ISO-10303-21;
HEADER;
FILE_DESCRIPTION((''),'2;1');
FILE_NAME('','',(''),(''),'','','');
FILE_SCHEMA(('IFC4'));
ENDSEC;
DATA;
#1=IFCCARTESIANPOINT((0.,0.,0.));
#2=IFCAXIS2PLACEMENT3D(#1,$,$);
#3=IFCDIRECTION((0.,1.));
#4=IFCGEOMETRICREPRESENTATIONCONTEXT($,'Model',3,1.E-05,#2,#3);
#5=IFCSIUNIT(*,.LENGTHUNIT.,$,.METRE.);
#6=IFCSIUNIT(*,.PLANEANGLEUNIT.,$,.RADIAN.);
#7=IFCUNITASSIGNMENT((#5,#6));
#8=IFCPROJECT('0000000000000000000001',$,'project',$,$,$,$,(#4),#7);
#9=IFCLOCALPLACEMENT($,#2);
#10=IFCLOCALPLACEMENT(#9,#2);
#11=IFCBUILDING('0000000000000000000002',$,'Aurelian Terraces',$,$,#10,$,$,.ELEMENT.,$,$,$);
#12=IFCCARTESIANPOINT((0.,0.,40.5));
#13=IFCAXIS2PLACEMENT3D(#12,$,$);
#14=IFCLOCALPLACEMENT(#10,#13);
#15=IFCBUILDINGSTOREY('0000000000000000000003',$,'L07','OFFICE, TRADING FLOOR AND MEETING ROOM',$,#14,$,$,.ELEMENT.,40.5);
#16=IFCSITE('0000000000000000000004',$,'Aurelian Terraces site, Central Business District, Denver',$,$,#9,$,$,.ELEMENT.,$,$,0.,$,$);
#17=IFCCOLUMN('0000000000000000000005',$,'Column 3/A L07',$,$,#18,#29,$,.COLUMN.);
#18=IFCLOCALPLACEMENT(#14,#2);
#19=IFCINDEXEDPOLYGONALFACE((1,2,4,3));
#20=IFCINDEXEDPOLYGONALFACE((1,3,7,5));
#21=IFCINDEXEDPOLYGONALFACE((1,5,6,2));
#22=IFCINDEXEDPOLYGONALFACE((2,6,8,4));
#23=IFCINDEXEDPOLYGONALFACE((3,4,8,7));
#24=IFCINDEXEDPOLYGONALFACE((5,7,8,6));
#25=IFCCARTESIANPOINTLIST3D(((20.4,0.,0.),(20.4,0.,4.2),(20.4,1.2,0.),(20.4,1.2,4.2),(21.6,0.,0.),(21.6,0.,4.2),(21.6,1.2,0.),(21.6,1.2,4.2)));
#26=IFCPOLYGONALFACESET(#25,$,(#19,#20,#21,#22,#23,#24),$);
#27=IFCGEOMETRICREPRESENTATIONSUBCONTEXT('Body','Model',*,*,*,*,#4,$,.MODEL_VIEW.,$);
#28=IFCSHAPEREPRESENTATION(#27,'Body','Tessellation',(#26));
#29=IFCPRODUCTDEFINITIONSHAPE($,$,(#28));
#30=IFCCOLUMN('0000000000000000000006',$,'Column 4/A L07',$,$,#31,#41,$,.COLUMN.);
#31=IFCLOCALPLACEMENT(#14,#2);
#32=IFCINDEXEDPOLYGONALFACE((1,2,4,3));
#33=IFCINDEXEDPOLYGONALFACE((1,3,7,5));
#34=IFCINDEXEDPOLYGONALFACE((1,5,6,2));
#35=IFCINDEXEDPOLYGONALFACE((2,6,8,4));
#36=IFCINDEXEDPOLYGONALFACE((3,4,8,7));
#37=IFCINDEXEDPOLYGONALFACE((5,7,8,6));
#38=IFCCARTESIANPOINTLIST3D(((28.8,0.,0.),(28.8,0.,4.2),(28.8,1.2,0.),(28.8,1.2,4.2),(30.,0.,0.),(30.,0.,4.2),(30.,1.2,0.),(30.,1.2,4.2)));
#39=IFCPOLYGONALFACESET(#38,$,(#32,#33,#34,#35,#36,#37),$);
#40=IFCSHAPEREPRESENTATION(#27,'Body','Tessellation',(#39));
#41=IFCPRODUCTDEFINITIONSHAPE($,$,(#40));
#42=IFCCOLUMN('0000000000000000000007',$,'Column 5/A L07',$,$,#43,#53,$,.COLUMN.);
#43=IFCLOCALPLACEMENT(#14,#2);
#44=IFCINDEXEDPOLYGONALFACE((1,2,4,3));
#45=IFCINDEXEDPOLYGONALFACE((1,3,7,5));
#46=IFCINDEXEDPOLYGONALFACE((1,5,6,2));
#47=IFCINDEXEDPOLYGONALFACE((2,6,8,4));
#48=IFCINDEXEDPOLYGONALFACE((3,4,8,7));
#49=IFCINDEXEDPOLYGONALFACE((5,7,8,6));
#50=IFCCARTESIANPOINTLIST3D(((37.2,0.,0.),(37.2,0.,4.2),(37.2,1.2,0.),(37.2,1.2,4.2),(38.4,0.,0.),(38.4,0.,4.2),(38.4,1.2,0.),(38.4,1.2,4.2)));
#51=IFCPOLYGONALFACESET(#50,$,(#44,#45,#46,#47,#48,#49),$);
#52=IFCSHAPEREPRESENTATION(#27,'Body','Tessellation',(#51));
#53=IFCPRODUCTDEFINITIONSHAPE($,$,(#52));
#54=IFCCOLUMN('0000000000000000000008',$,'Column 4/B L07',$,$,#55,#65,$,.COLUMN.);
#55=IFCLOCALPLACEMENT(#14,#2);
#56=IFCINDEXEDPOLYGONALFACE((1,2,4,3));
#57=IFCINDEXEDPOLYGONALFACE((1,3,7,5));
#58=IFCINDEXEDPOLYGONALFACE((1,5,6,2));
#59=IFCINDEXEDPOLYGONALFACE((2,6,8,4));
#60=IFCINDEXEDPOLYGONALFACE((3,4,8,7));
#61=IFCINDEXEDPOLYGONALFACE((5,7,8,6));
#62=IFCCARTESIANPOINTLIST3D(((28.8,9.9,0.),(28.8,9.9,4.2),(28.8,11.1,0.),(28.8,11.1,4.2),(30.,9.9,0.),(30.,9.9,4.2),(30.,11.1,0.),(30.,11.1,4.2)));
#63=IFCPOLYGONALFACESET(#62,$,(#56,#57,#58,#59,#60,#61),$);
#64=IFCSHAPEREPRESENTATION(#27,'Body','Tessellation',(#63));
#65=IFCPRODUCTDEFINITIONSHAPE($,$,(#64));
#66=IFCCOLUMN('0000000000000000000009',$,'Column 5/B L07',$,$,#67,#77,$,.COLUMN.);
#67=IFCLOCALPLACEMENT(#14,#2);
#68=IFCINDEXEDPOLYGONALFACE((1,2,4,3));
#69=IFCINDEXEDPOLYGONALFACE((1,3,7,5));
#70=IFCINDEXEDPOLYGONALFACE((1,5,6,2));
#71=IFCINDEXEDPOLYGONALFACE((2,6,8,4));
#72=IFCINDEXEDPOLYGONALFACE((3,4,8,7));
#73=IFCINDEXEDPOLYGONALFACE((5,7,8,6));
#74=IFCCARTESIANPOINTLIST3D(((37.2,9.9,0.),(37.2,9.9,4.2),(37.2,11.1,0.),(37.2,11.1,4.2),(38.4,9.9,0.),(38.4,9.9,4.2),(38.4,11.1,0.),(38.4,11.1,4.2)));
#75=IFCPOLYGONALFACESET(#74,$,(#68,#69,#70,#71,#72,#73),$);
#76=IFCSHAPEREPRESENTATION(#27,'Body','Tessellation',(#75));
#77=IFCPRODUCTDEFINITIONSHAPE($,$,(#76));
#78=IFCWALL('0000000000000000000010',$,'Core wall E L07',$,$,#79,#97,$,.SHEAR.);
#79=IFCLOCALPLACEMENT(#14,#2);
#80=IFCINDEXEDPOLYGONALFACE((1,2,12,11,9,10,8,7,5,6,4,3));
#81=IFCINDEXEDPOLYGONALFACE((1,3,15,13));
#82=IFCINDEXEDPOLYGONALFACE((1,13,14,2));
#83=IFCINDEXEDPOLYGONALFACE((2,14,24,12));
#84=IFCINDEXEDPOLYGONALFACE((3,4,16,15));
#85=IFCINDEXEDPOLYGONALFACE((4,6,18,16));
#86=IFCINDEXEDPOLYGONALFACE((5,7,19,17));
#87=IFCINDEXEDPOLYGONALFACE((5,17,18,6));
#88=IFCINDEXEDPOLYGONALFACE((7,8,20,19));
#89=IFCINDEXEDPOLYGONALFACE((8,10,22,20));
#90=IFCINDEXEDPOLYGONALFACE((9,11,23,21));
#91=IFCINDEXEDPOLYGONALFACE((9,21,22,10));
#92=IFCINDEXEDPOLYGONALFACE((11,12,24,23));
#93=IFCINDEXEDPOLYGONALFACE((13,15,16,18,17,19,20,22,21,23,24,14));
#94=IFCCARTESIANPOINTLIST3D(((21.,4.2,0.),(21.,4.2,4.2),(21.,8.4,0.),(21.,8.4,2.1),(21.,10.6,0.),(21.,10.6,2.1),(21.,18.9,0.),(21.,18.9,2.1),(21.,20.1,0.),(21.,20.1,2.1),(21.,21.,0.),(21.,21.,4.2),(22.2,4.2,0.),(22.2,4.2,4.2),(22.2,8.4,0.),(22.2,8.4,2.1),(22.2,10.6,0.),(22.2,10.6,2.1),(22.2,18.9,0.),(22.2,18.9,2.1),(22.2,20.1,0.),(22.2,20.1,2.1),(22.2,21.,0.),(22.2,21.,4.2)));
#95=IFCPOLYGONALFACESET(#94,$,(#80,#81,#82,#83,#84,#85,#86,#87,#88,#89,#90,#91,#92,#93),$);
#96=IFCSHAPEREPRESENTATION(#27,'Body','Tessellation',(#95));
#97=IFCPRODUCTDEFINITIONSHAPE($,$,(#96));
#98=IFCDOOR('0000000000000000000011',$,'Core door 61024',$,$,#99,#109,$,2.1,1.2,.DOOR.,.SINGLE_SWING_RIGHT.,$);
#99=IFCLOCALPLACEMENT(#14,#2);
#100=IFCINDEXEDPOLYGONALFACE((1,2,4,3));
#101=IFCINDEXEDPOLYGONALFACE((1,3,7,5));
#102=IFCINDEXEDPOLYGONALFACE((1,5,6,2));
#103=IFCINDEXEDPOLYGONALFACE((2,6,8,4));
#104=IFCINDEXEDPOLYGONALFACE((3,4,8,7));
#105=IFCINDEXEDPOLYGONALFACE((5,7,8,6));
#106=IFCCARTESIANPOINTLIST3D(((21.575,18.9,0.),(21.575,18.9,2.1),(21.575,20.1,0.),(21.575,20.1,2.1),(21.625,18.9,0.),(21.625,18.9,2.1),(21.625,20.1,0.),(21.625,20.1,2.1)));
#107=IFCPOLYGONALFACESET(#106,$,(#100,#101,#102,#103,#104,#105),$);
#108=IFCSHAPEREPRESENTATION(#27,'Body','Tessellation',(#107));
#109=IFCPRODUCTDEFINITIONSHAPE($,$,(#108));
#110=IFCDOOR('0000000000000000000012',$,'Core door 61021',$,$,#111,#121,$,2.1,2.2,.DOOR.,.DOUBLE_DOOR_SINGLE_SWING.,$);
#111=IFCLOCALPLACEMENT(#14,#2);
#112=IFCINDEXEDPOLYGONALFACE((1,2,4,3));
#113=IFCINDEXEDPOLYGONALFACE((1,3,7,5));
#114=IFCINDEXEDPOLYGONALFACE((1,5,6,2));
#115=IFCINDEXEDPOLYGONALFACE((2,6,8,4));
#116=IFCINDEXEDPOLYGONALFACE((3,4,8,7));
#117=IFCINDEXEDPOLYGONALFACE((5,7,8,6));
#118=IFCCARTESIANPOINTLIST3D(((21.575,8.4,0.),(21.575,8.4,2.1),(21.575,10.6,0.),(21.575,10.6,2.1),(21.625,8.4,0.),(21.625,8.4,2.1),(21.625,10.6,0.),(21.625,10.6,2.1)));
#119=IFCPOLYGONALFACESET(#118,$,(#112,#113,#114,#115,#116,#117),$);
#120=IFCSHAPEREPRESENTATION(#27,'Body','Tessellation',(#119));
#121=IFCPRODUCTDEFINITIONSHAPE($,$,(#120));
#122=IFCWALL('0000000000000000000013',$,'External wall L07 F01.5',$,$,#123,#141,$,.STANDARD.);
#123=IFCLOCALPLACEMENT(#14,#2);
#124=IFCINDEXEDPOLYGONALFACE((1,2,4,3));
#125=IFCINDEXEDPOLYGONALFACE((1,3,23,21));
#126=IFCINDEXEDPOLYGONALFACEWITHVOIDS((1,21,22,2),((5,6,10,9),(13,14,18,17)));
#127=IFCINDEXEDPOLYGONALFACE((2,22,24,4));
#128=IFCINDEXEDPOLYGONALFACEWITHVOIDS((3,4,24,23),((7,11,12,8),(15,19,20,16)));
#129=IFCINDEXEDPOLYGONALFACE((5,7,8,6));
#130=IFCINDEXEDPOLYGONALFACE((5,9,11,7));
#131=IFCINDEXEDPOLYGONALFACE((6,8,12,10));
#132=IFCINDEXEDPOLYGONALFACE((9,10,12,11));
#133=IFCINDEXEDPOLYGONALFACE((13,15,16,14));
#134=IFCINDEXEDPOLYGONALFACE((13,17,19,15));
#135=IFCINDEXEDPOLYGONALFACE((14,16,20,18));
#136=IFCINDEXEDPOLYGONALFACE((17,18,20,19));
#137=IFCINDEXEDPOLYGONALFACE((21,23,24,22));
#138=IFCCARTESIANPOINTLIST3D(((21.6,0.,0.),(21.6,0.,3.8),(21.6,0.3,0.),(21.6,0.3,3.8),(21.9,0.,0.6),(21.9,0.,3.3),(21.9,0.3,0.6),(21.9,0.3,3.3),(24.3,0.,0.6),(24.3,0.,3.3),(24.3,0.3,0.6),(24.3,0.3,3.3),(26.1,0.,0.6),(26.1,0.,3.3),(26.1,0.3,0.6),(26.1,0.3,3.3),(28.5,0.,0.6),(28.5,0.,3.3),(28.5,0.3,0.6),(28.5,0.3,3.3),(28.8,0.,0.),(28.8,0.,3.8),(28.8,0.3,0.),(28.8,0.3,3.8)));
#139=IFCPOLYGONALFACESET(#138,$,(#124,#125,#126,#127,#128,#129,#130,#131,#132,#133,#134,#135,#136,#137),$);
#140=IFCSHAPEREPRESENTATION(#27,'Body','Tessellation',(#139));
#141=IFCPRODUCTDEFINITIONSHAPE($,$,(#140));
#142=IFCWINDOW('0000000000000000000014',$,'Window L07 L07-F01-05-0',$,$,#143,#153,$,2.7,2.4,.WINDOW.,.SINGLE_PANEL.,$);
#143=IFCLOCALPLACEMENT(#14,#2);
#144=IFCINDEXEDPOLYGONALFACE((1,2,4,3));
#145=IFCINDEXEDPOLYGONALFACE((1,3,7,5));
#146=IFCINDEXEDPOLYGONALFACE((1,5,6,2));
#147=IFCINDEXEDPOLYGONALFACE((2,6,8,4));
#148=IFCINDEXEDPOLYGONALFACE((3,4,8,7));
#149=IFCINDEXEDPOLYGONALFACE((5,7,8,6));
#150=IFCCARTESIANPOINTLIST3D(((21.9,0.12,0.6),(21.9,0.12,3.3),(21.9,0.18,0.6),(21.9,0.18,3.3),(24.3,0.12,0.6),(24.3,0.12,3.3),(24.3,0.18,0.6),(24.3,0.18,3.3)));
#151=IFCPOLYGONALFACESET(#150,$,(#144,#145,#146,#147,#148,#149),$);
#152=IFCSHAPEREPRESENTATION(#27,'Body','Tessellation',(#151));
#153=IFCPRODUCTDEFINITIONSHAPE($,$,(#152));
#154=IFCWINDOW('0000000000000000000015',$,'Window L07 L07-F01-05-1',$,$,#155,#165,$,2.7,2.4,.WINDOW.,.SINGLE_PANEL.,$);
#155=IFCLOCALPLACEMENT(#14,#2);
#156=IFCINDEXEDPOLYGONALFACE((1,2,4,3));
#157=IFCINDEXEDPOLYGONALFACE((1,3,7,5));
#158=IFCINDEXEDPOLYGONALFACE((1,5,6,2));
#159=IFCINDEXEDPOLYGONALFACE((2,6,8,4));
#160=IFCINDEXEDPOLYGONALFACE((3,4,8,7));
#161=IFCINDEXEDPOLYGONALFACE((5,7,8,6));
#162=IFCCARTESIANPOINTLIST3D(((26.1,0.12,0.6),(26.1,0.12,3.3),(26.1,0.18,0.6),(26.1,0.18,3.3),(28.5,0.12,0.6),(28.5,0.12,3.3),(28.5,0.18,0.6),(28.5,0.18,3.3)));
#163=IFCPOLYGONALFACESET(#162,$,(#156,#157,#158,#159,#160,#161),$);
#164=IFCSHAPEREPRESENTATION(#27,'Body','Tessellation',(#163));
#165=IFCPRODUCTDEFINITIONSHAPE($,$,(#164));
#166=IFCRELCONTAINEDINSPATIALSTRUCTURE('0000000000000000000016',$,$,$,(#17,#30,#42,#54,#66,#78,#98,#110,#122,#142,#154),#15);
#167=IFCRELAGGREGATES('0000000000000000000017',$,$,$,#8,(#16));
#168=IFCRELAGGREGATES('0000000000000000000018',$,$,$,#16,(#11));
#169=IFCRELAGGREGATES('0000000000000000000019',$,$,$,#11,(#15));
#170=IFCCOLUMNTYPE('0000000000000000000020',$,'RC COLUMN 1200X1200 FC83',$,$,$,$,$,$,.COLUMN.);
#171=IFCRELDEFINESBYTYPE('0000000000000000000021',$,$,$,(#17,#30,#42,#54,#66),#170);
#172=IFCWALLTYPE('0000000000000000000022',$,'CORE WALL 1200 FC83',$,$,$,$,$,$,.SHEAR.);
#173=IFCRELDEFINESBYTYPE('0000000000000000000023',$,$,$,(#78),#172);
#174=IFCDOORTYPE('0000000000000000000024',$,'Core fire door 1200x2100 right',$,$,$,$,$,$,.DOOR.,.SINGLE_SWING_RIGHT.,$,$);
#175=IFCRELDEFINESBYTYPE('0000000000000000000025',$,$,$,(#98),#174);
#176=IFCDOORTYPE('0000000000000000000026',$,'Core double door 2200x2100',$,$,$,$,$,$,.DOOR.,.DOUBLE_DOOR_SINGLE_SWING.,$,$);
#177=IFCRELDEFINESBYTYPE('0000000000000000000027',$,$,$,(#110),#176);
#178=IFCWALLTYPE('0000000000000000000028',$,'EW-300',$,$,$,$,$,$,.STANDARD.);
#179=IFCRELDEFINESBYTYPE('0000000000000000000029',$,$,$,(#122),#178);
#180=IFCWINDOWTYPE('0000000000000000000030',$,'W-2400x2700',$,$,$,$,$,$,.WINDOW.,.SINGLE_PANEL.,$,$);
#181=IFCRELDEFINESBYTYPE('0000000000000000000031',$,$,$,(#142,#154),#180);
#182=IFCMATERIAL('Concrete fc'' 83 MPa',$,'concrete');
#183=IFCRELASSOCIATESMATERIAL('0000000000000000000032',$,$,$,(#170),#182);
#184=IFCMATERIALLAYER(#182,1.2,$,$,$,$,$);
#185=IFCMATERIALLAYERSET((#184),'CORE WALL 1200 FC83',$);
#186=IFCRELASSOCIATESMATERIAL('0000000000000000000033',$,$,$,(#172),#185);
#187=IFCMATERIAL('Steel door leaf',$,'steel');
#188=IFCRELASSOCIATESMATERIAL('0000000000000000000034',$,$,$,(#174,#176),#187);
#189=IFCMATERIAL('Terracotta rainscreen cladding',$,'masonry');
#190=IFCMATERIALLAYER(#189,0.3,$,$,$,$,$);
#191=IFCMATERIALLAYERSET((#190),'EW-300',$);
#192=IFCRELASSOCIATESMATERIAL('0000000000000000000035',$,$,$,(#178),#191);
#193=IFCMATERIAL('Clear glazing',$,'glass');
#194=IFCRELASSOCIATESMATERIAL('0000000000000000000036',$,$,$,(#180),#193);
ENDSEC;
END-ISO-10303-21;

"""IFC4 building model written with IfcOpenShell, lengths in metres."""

from ifc_helpers import new_model, si_unit, direction, frame, frame_2d, origin, origin_2d, place, context, subcontext, project, spatial, rectangle, extrude, source, transform, mapped, material, layer, layer_set, material_profile, profile_set, type_object, element, fill, save


model = new_model("IFC4")

# Units and contexts
model_context = context("Model", 3, precision=1e-05, world=origin(), true_north=direction((0.0, 1.0)))
body_context = subcontext(model_context, "Body", "Model", "MODEL_VIEW")
ifc_project = project(units=[si_unit("LENGTHUNIT", "METRE"), si_unit("PLANEANGLEUNIT", "RADIAN")], contexts=[model_context])

# Site, building, storey
site_placement = place(None, origin())
site = spatial("IfcSite", under=ifc_project, at=site_placement, Name="Aurelian Terraces site, Central Business District, Denver", CompositionType="ELEMENT", RefElevation=0.0)
building_placement = place(site_placement, origin())
building = spatial("IfcBuilding", under=site, at=building_placement, Name="Aurelian Terraces", CompositionType="ELEMENT")
storey_placement = place(building_placement, frame((0.0, 0.0, 40.5)))
storey = spatial("IfcBuildingStorey", under=building, at=storey_placement, Name="L07", Description="OFFICE, TRADING FLOOR AND MEETING ROOM", CompositionType="ELEMENT", Elevation=40.5)

# Columns
ifc_material_1 = material(Name="Concrete fc' 83 MPa", Category="concrete")
ifc_material_profile = material_profile(ifc_material_1, rectangle(XDim=1.2, YDim=1.2, at=origin_2d()))
ifc_profile_set = profile_set([ifc_material_profile], Name="Concrete fc' 83 MPa")
column_type = type_object("IfcColumnType", Name="RC COLUMN 1200X1200 FC83", PredefinedType="COLUMN", material=ifc_profile_set)
shared_shape_1 = source(origin(), body_context, "Body", "SweptSolid", [
    extrude(rectangle(XDim=1.2, YDim=1.2, at=origin_2d()), origin(), (0.0, 0.0, 1.0), 4.2),
])
for number, where, z_axis, x_axis, name in (
    (1, (21.0, 0.6, 0.0), (0.0, 0.0, 1.0), (1.0, 0.0, 0.0), "Column 3/A L07"),
    (2, (29.4, 0.6, 0.0), (0.0, 0.0, 1.0), (1.0, 0.0, 0.0), "Column 4/A L07"),
    (3, (37.8, 0.6, 0.0), (0.0, 0.0, 1.0), (1.0, 0.0, 0.0), "Column 5/A L07"),
    (4, (29.4, 10.5, 0.0), (0.0, 0.0, 1.0), (1.0, 0.0, 0.0), "Column 4/B L07"),
    (5, (37.8, 10.5, 0.0), (0.0, 0.0, 1.0), (1.0, 0.0, 0.0), "Column 5/B L07"),
):
    element("IfcColumn", number, at=place(storey_placement, frame(where, z_axis=z_axis, x_axis=x_axis)), inside=storey, type_object=column_type, Name=name, PredefinedType="COLUMN", context=body_context, shape_type="MappedRepresentation", body=[
        mapped(shared_shape_1, transform((0.0, 0.0, 0.0), scale=1.0)),
    ])

# Wall, openings, doors
ifc_layer_1 = layer(ifc_material_1, 1.2)
ifc_layer_set_1 = layer_set([ifc_layer_1], Name="CORE WALL 1200 FC83")
wall_type_1 = type_object("IfcWallType", Name="CORE WALL 1200 FC83", PredefinedType="SHEAR", material=ifc_layer_set_1)
wall_1_placement = place(storey_placement, frame((21.6, 4.2, 0.0), z_axis=(0.0, 0.0, 1.0), x_axis=(0.0, 1.0, 0.0)))
wall_1 = element("IfcWall", 6, at=wall_1_placement, inside=storey, type_object=wall_type_1, Name="Core wall E L07", PredefinedType="SHEAR", context=body_context, shape_type="SweptSolid", body=[
    extrude(rectangle(XDim=16.8, YDim=1.2, at=frame_2d((8.4, 0.0))), origin(), (0.0, 0.0, 1.0), 4.2),
])
shared_shape_2 = source(origin(), body_context, "Body", "SweptSolid", [
    extrude(rectangle(XDim=2.2, YDim=2.1, at=frame_2d((1.1, 1.05))), frame((0.0, 0.61, 0.0), z_axis=(0.0, -1.0, 0.0), x_axis=(1.0, 0.0, 0.0)), (0.0, 0.0, 1.0), 1.22),
])
opening_1_placement = place(wall_1_placement, frame((4.2, 0.0, 0.0)))
opening_1 = element("IfcOpeningElement", 7, at=opening_1_placement, cuts=wall_1, PredefinedType="OPENING", context=body_context, shape_type="MappedRepresentation", body=[
    mapped(shared_shape_2, transform((0.0, 0.0, 0.0), scale=1.0)),
])
shared_shape_3 = source(origin(), body_context, "Body", "SweptSolid", [
    extrude(rectangle(XDim=1.2, YDim=2.1, at=frame_2d((0.6, 1.05))), frame((0.0, 0.61, 0.0), z_axis=(0.0, -1.0, 0.0), x_axis=(1.0, 0.0, 0.0)), (0.0, 0.0, 1.0), 1.22),
])
opening_2_placement = place(wall_1_placement, frame((14.7, 0.0, 0.0)))
opening_2 = element("IfcOpeningElement", 8, at=opening_2_placement, cuts=wall_1, PredefinedType="OPENING", context=body_context, shape_type="MappedRepresentation", body=[
    mapped(shared_shape_3, transform((0.0, 0.0, 0.0), scale=1.0)),
])
ifc_material_2 = material(Name="Steel door leaf", Category="steel")
door_type_1 = type_object("IfcDoorType", Name="Core fire door 1200x2100 right", OperationType="SINGLE_SWING_RIGHT", PredefinedType="DOOR", material=ifc_material_2)
shared_shape_4 = source(origin(), body_context, "Body", "SweptSolid", [
    extrude(rectangle(XDim=1.2, YDim=2.1, at=frame_2d((0.6, 1.05))), frame((0.0, 0.025, 0.0), z_axis=(0.0, -1.0, 0.0), x_axis=(1.0, 0.0, 0.0)), (0.0, 0.0, 1.0), 0.05),
])
door_1_placement = place(opening_2_placement, origin())
door_1 = element("IfcDoor", 9, at=door_1_placement, inside=storey, type_object=door_type_1, Name="Core door 61024", OperationType="SINGLE_SWING_RIGHT", OverallHeight=2.1, OverallWidth=1.2, PredefinedType="DOOR", context=body_context, shape_type="MappedRepresentation", body=[
    mapped(shared_shape_4, transform((0.0, 0.0, 0.0), scale=1.0)),
])
fill(opening_2, door_1)
door_type_2 = type_object("IfcDoorType", Name="Core double door 2200x2100", OperationType="DOUBLE_DOOR_SINGLE_SWING", PredefinedType="DOOR", material=ifc_material_2)
shared_shape_5 = source(origin(), body_context, "Body", "SweptSolid", [
    extrude(rectangle(XDim=2.2, YDim=2.1, at=frame_2d((1.1, 1.05))), frame((0.0, 0.025, 0.0), z_axis=(0.0, -1.0, 0.0), x_axis=(1.0, 0.0, 0.0)), (0.0, 0.0, 1.0), 0.05),
])
door_2_placement = place(opening_1_placement, origin())
door_2 = element("IfcDoor", 10, at=door_2_placement, inside=storey, type_object=door_type_2, Name="Core door 61021", OperationType="DOUBLE_DOOR_SINGLE_SWING", OverallHeight=2.1, OverallWidth=2.2, PredefinedType="DOOR", context=body_context, shape_type="MappedRepresentation", body=[
    mapped(shared_shape_5, transform((0.0, 0.0, 0.0), scale=1.0)),
])
fill(opening_1, door_2)

# Wall, openings, windows
ifc_material_3 = material(Name="Terracotta rainscreen cladding", Category="masonry")
ifc_layer_2 = layer(ifc_material_3, 0.3)
ifc_layer_set_2 = layer_set([ifc_layer_2], Name="EW-300")
wall_type_2 = type_object("IfcWallType", Name="EW-300", PredefinedType="STANDARD", material=ifc_layer_set_2)
wall_2_placement = place(storey_placement, frame((21.6, 0.15, 0.0), z_axis=(0.0, 0.0, 1.0), x_axis=(1.0, 0.0, 0.0)))
wall_2 = element("IfcWall", 11, at=wall_2_placement, inside=storey, type_object=wall_type_2, Name="External wall L07 F01.5", PredefinedType="STANDARD", context=body_context, shape_type="SweptSolid", body=[
    extrude(rectangle(XDim=7.2, YDim=0.3, at=frame_2d((3.6, 0.0))), origin(), (0.0, 0.0, 1.0), 3.8),
])
opening_3_placement = place(wall_2_placement, frame((0.3, 0.0, 0.6)))
opening_3 = element("IfcOpeningElement", 12, at=opening_3_placement, cuts=wall_2, PredefinedType="OPENING", context=body_context, shape_type="SweptSolid", body=[
    extrude(rectangle(XDim=2.4, YDim=2.7, at=frame_2d((1.2, 1.35))), frame((0.0, 0.16, 0.0), z_axis=(0.0, -1.0, 0.0), x_axis=(1.0, 0.0, 0.0)), (0.0, 0.0, 1.0), 0.32),
])
shared_shape_6 = source(origin(), body_context, "Body", "SweptSolid", [
    extrude(rectangle(XDim=2.4, YDim=2.7, at=frame_2d((1.2, 1.35))), frame((0.0, 0.16, 0.0), z_axis=(0.0, -1.0, 0.0), x_axis=(1.0, 0.0, 0.0)), (0.0, 0.0, 1.0), 0.32),
])
opening_4_placement = place(wall_2_placement, frame((4.5, 0.0, 0.6)))
opening_4 = element("IfcOpeningElement", 13, at=opening_4_placement, cuts=wall_2, PredefinedType="OPENING", context=body_context, shape_type="MappedRepresentation", body=[
    mapped(shared_shape_6, transform((0.0, 0.0, 0.0), scale=1.0)),
])
ifc_material_4 = material(Name="Clear glazing", Category="glass")
window_type = type_object("IfcWindowType", Name="W-2400x2700", PartitioningType="SINGLE_PANEL", PredefinedType="WINDOW", material=ifc_material_4)
window_1_placement = place(opening_3_placement, origin())
window_1 = element("IfcWindow", 14, at=window_1_placement, inside=storey, type_object=window_type, Name="Window L07 L07-F01-05-0", OverallHeight=2.7, OverallWidth=2.4, PartitioningType="SINGLE_PANEL", PredefinedType="WINDOW", context=body_context, shape_type="SweptSolid", body=[
    extrude(rectangle(XDim=2.4, YDim=2.7, at=frame_2d((1.2, 1.35))), frame((0.0, 0.03, 0.0), z_axis=(0.0, -1.0, 0.0), x_axis=(1.0, 0.0, 0.0)), (0.0, 0.0, 1.0), 0.06),
])
fill(opening_3, window_1)
shared_shape_7 = source(origin(), body_context, "Body", "SweptSolid", [
    extrude(rectangle(XDim=2.4, YDim=2.7, at=frame_2d((1.2, 1.35))), frame((0.0, 0.03, 0.0), z_axis=(0.0, -1.0, 0.0), x_axis=(1.0, 0.0, 0.0)), (0.0, 0.0, 1.0), 0.06),
])
window_2_placement = place(opening_4_placement, origin())
window_2 = element("IfcWindow", 15, at=window_2_placement, inside=storey, type_object=window_type, Name="Window L07 L07-F01-05-1", OverallHeight=2.7, OverallWidth=2.4, PartitioningType="SINGLE_PANEL", PredefinedType="WINDOW", context=body_context, shape_type="MappedRepresentation", body=[
    mapped(shared_shape_7, transform((0.0, 0.0, 0.0), scale=1.0)),
])
fill(opening_4, window_2)

save(model, "model.ifc")
